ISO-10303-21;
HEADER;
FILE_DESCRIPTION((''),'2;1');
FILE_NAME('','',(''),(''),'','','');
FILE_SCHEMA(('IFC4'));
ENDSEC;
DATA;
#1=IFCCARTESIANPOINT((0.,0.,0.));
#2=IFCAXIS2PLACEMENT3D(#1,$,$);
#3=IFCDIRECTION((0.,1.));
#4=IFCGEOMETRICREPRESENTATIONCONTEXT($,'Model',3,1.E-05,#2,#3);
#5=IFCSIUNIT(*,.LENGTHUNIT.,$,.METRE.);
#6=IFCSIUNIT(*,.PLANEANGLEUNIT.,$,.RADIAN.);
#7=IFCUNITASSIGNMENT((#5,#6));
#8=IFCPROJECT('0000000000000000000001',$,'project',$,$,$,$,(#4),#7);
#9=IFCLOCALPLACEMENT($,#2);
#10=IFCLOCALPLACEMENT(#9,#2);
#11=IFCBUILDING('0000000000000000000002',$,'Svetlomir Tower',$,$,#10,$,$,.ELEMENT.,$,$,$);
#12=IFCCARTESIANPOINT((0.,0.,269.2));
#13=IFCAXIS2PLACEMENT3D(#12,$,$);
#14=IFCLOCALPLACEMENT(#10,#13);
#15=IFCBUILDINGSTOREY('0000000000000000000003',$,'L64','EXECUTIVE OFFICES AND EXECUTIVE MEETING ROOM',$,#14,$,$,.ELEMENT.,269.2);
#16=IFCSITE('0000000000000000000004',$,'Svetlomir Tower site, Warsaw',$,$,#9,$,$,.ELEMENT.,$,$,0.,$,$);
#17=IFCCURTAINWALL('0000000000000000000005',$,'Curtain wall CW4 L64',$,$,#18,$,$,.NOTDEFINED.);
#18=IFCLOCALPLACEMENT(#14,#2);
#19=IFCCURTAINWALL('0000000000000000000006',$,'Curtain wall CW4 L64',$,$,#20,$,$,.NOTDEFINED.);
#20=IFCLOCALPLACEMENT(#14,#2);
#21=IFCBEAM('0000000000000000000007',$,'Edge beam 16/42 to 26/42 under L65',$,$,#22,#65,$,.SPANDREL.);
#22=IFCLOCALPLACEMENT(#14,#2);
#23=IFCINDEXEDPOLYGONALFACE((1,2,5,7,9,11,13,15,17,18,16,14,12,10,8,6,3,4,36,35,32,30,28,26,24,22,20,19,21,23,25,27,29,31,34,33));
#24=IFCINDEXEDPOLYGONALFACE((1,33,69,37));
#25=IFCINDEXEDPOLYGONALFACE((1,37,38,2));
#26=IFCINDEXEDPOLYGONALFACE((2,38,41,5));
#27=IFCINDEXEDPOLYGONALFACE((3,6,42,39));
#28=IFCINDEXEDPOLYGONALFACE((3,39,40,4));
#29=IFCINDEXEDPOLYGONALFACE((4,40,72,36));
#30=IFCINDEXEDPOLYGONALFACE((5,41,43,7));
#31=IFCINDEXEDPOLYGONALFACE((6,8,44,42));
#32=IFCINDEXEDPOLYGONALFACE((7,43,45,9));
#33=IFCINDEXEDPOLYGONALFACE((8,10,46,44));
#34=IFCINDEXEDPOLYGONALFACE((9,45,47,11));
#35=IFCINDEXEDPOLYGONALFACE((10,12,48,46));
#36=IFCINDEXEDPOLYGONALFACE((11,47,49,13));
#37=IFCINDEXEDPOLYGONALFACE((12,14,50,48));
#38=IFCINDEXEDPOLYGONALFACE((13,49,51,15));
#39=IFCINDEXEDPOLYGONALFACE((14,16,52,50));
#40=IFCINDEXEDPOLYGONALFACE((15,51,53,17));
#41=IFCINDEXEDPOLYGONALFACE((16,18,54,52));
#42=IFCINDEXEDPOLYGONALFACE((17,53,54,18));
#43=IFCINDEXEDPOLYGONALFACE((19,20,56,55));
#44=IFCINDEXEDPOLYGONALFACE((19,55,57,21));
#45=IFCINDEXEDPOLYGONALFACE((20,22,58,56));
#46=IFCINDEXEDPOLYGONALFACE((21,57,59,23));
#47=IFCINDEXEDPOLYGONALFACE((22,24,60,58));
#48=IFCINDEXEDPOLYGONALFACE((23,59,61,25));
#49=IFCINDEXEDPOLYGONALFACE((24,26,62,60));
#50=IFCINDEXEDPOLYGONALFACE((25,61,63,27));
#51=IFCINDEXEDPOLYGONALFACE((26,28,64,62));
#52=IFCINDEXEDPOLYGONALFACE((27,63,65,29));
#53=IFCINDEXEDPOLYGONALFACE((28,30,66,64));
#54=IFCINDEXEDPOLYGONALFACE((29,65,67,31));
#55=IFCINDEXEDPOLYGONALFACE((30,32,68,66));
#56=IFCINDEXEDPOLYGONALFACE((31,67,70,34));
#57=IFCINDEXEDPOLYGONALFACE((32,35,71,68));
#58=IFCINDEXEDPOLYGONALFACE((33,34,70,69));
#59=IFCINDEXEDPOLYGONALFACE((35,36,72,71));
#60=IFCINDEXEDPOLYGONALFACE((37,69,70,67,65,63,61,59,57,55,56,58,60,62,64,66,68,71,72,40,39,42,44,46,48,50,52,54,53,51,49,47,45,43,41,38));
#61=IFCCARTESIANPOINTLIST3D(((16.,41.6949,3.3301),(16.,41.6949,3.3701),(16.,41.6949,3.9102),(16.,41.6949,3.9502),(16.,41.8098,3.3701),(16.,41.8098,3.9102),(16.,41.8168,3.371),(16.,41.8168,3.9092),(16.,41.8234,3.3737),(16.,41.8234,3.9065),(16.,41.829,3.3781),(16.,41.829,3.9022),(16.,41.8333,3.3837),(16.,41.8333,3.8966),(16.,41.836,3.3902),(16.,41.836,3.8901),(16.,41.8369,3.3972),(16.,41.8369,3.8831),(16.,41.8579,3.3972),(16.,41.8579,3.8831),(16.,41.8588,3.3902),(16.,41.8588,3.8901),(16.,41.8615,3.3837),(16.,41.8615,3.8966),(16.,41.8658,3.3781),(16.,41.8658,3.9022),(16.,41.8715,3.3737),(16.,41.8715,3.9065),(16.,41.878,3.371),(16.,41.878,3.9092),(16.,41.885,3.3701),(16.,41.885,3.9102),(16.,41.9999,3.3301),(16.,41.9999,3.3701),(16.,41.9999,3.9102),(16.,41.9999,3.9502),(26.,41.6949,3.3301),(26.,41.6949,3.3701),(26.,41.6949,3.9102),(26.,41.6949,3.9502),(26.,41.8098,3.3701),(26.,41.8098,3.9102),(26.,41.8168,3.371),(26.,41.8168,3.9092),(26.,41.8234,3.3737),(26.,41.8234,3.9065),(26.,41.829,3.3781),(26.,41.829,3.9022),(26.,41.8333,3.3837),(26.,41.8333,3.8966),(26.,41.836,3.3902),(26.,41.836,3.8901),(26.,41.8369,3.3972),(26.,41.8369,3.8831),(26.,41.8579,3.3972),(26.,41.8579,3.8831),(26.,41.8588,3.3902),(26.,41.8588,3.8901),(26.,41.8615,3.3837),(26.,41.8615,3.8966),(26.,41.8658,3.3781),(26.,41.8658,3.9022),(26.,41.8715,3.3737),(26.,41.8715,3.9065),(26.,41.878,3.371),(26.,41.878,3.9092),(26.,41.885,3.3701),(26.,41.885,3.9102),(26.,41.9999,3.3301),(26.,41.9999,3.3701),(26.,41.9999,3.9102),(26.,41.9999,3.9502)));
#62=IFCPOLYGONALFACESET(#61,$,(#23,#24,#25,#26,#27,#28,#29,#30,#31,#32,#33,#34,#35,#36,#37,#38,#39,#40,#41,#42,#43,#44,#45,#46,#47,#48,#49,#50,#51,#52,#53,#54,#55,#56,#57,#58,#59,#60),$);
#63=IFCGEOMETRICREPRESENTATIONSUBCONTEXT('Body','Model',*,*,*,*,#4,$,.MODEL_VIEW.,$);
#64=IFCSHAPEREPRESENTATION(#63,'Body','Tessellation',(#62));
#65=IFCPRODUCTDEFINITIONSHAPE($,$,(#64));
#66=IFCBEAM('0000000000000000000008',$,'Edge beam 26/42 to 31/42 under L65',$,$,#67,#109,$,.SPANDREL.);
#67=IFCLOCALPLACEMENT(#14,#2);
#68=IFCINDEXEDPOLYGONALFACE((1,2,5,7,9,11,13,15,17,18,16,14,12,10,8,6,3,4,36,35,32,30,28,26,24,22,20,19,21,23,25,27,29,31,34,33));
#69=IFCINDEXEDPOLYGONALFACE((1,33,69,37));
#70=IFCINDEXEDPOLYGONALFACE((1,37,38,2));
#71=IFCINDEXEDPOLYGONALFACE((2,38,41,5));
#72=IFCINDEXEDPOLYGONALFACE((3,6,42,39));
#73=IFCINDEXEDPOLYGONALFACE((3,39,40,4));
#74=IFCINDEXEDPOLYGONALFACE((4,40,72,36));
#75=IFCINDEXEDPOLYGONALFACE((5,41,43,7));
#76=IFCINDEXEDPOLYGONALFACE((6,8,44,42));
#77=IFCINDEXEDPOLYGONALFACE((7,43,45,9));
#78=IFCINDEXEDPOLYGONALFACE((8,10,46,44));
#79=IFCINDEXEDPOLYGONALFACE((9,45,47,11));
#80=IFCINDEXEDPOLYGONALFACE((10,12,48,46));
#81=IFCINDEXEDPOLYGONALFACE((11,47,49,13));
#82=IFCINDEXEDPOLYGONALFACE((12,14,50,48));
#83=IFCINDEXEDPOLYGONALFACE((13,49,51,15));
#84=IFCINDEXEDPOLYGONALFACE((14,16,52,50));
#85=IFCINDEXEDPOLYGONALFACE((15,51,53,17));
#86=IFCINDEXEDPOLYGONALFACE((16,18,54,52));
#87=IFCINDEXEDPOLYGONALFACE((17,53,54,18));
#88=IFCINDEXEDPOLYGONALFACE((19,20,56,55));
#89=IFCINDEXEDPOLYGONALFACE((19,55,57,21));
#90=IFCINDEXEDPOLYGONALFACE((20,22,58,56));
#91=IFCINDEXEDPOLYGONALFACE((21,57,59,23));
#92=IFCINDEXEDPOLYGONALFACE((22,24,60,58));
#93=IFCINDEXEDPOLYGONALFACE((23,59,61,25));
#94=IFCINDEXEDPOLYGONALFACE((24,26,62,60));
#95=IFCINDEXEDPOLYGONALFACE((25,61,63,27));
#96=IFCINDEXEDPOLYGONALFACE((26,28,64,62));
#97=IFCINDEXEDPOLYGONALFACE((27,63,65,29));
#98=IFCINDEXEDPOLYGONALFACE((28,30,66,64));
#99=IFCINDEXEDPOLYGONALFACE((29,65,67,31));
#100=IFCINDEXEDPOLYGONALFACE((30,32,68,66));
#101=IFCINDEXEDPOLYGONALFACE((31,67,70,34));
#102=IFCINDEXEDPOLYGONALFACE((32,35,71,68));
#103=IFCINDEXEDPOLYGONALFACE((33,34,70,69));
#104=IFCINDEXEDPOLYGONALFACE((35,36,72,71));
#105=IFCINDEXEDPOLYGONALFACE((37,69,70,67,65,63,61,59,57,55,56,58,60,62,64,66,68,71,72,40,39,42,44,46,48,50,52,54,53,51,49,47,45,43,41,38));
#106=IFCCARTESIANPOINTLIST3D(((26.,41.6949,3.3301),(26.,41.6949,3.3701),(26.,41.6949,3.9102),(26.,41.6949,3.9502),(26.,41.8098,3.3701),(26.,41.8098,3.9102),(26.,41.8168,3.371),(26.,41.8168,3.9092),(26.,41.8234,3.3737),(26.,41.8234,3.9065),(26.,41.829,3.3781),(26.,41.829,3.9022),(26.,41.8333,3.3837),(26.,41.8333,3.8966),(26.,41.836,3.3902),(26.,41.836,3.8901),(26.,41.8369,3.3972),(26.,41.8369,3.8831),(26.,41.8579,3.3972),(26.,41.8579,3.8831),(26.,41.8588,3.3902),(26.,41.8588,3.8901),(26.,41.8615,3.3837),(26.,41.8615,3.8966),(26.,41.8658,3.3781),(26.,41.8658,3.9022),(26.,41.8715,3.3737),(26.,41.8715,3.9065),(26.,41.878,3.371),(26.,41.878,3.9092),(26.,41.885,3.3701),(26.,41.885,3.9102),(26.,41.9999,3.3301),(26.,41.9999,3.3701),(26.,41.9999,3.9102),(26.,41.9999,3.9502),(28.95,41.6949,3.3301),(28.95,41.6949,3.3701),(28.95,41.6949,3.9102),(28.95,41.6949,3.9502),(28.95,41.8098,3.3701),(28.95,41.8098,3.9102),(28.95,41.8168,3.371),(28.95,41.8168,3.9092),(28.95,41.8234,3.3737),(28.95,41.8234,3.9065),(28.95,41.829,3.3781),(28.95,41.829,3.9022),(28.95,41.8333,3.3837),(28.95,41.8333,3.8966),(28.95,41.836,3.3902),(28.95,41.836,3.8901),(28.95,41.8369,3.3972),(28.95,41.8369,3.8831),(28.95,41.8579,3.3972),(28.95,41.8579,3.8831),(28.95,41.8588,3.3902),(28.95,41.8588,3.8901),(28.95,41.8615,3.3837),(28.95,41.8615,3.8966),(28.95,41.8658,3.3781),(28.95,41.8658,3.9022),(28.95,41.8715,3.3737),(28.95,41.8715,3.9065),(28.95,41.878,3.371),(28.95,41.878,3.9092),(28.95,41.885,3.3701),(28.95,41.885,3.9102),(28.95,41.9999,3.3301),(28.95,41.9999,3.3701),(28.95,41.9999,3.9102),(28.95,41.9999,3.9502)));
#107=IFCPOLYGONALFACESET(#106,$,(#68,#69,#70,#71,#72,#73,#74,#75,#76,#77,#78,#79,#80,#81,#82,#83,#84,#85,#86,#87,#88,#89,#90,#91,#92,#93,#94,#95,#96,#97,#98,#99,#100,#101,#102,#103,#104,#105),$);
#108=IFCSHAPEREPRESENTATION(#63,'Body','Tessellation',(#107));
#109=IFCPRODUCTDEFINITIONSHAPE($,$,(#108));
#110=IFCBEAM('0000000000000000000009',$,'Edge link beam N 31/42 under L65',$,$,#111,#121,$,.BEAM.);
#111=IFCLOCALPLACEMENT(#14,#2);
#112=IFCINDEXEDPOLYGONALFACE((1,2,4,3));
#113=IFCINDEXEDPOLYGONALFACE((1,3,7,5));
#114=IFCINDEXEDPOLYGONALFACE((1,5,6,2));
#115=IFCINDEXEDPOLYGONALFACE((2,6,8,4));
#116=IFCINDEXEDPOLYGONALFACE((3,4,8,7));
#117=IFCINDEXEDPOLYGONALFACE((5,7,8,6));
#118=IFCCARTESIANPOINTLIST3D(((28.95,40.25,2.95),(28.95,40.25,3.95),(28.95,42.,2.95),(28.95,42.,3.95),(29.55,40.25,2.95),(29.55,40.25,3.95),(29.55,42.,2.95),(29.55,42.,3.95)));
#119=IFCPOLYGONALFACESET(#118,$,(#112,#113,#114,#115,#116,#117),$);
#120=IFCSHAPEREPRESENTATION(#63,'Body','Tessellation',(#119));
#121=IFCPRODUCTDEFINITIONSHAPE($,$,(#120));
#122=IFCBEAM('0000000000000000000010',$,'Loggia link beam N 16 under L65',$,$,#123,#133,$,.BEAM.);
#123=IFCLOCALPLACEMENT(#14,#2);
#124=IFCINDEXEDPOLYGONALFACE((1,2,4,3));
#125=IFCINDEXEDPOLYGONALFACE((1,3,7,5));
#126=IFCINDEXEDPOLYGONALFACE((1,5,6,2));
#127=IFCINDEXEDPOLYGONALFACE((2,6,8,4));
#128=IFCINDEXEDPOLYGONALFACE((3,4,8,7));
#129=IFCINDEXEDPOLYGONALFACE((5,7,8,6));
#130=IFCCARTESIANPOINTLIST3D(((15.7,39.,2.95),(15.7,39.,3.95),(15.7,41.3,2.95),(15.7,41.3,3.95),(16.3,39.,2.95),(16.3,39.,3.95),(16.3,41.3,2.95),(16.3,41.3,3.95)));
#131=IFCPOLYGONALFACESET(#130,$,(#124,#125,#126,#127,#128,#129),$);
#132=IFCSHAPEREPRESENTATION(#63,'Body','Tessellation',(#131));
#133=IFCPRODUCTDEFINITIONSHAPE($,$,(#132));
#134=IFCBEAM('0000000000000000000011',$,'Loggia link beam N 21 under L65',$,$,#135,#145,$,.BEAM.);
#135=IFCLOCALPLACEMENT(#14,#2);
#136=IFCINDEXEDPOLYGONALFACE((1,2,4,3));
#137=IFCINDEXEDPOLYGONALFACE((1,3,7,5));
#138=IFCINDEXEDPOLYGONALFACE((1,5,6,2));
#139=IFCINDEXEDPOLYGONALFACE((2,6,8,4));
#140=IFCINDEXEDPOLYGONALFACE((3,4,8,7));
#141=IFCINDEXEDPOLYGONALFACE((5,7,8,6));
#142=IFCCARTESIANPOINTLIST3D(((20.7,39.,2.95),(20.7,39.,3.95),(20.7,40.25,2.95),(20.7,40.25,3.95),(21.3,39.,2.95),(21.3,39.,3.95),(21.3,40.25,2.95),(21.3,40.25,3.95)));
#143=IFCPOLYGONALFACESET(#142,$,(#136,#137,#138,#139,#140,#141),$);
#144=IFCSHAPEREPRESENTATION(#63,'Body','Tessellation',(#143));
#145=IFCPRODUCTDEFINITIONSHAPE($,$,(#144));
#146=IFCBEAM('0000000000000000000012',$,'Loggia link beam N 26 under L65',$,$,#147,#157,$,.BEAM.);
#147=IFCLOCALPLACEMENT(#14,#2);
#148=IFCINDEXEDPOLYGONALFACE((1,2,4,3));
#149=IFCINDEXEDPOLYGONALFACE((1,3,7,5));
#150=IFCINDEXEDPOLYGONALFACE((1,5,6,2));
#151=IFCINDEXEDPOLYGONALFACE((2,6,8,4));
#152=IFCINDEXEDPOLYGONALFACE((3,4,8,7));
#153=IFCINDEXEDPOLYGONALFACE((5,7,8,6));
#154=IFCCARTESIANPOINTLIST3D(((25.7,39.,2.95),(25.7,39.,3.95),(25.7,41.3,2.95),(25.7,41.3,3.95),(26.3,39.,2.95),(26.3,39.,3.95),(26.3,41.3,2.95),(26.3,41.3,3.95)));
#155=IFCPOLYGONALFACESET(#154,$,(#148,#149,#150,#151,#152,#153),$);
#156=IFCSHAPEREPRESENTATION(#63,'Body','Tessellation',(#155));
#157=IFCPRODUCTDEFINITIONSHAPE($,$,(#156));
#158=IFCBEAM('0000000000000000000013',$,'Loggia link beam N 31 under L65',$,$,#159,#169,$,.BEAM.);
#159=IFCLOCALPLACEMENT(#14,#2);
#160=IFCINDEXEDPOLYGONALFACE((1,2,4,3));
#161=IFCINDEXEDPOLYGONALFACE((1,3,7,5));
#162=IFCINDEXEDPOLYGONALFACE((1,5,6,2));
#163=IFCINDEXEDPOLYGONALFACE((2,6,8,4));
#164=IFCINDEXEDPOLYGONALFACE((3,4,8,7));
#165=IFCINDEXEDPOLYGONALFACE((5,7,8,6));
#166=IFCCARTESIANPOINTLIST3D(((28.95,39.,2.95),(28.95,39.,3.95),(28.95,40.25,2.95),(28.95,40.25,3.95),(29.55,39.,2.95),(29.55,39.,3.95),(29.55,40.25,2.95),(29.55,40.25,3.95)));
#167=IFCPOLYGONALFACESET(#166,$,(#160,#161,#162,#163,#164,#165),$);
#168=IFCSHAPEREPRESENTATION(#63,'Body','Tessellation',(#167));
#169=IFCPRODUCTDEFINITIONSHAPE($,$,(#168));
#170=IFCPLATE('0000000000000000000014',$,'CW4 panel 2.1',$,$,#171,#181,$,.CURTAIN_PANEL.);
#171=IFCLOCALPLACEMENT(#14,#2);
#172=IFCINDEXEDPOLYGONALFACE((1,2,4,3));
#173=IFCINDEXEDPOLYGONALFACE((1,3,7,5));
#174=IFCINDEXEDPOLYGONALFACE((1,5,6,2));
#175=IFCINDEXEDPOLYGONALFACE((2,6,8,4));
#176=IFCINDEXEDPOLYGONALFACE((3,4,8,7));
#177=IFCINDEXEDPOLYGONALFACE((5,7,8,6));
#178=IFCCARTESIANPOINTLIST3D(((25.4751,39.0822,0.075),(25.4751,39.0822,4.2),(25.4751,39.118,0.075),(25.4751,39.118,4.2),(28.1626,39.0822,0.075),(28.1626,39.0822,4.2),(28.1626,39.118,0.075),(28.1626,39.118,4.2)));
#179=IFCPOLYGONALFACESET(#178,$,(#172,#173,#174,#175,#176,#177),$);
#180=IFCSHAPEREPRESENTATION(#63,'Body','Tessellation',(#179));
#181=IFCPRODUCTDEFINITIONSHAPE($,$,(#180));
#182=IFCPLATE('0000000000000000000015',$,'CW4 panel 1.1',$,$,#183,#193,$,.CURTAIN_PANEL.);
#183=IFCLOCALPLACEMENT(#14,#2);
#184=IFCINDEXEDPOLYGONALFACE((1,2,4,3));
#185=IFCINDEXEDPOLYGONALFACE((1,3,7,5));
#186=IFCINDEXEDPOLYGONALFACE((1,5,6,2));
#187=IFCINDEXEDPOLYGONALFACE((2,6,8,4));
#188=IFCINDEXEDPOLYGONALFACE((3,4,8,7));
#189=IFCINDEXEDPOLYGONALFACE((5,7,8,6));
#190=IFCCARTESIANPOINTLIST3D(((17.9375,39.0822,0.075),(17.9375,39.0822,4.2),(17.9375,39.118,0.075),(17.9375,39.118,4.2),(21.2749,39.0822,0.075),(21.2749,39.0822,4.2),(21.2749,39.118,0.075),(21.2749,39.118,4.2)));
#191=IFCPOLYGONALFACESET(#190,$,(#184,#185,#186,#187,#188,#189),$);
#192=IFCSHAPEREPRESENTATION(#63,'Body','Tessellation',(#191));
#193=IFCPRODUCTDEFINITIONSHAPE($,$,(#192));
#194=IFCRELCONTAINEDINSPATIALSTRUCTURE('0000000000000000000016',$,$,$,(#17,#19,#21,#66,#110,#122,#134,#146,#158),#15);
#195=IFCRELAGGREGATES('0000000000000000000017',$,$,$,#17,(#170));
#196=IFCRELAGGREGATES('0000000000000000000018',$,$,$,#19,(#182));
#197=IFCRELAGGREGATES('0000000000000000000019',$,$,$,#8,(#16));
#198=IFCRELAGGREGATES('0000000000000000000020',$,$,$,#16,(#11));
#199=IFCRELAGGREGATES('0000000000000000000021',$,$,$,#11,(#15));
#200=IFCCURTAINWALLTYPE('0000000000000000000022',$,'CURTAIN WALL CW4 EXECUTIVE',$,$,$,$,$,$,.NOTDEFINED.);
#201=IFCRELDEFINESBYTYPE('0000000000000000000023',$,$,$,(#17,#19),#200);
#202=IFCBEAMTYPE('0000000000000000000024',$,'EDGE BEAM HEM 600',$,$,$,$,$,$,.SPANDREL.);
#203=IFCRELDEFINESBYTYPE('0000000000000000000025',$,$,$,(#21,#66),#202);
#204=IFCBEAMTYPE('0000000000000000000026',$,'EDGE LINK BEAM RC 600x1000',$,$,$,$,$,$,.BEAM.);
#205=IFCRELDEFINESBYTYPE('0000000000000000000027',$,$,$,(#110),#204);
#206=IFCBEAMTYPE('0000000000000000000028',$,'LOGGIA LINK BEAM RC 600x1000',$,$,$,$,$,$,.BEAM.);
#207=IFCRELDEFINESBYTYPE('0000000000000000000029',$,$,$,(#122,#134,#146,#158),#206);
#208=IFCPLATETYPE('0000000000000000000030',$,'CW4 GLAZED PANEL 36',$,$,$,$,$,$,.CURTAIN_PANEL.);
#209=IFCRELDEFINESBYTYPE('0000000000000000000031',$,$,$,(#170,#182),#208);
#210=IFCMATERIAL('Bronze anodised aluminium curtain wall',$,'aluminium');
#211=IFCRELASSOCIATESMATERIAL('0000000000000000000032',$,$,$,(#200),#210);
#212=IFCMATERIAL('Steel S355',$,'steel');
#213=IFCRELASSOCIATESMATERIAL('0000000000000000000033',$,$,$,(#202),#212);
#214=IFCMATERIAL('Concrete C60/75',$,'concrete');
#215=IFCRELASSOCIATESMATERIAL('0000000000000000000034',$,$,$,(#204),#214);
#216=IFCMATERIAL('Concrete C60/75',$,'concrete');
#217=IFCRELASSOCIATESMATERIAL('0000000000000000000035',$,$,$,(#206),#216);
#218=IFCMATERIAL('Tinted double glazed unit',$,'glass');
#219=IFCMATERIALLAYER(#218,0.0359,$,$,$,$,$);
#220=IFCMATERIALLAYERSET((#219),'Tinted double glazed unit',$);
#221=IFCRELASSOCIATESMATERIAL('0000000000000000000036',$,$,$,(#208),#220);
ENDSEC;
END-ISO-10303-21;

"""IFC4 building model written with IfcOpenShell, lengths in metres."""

from ifc_helpers import new_model, si_unit, direction, frame, origin, origin_2d, place, context, subcontext, project, spatial, rectangle, i_section, extrude, material, layer, layer_set, material_profile, profile_set, type_object, element, aggregate, save


model = new_model("IFC4")

# Units and contexts
model_context = context("Model", 3, precision=1e-05, world=origin(), true_north=direction((0.0, 1.0)))
body_context = subcontext(model_context, "Body", "Model", "MODEL_VIEW")
ifc_project = project(units=[si_unit("LENGTHUNIT", "METRE"), si_unit("PLANEANGLEUNIT", "RADIAN")], contexts=[model_context])

# Site, building, storey
site_placement = place(None, origin())
site = spatial("IfcSite", under=ifc_project, at=site_placement, Name="Svetlomir Tower site, Warsaw", CompositionType="ELEMENT", RefElevation=0.0)
building_placement = place(site_placement, origin())
building = spatial("IfcBuilding", under=site, at=building_placement, Name="Svetlomir Tower", CompositionType="ELEMENT")
storey_placement = place(building_placement, frame((0.0, 0.0, 269.2)))
storey = spatial("IfcBuildingStorey", under=building, at=storey_placement, Name="L64", Description="EXECUTIVE OFFICES AND EXECUTIVE MEETING ROOM", CompositionType="ELEMENT", Elevation=269.2)

# Curtain walls
ifc_material_1 = material(Name="Bronze anodised aluminium curtain wall", Category="aluminium")
curtain_wall_type = type_object("IfcCurtainWallType", Name="CURTAIN WALL CW4 EXECUTIVE", PredefinedType="NOTDEFINED", material=ifc_material_1)
curtain_wall_1_placement = place(storey_placement, origin())
curtain_wall_1 = element("IfcCurtainWall", 1, at=curtain_wall_1_placement, inside=storey, type_object=curtain_wall_type, Name="Curtain wall CW4 L64", PredefinedType="NOTDEFINED")
curtain_wall_2_placement = place(storey_placement, origin())
curtain_wall_2 = element("IfcCurtainWall", 2, at=curtain_wall_2_placement, inside=storey, type_object=curtain_wall_type, Name="Curtain wall CW4 L64", PredefinedType="NOTDEFINED")

# Beams
ifc_material_2 = material(Name="Steel S355", Category="steel")
ifc_material_profile_1 = material_profile(ifc_material_2, i_section(OverallWidth=0.3049, OverallDepth=0.6201, WebThickness=0.021, FlangeThickness=0.04, FilletRadius=0.0271, at=origin_2d()), Name="HEM 600")
ifc_profile_set_1 = profile_set([ifc_material_profile_1], Name="Steel S355")
beam_type_1 = type_object("IfcBeamType", Name="EDGE BEAM HEM 600", PredefinedType="SPANDREL", material=ifc_profile_set_1)
beam_1_placement = place(storey_placement, frame((16.0, 41.8474, 3.6401), z_axis=(1.0, 0.0, 0.0), x_axis=(0.0, 1.0, 0.0)))
element("IfcBeam", 3, at=beam_1_placement, inside=storey, type_object=beam_type_1, Name="Edge beam 16/42 to 26/42 under L65", PredefinedType="SPANDREL", context=body_context, shape_type="SweptSolid", body=[
    extrude(i_section(OverallWidth=0.3049, OverallDepth=0.6201, WebThickness=0.021, FlangeThickness=0.04, FilletRadius=0.0271, at=origin_2d()), origin(), (0.0, 0.0, 1.0), 10.0),
])
beam_2_placement = place(storey_placement, frame((26.0, 41.8474, 3.6401), z_axis=(1.0, 0.0, 0.0), x_axis=(0.0, 1.0, 0.0)))
element("IfcBeam", 4, at=beam_2_placement, inside=storey, type_object=beam_type_1, Name="Edge beam 26/42 to 31/42 under L65", PredefinedType="SPANDREL", context=body_context, shape_type="SweptSolid", body=[
    extrude(i_section(OverallWidth=0.3049, OverallDepth=0.6201, WebThickness=0.021, FlangeThickness=0.04, FilletRadius=0.0271, at=origin_2d()), origin(), (0.0, 0.0, 1.0), 2.95),
])
ifc_material_3 = material(Name="Concrete C60/75", Category="concrete")
ifc_material_profile_2 = material_profile(ifc_material_3, rectangle(XDim=0.6001, YDim=1.0, at=origin_2d()), Name="RC 600x1000")
ifc_profile_set_2 = profile_set([ifc_material_profile_2], Name="Concrete C60/75")
beam_type_2 = type_object("IfcBeamType", Name="EDGE LINK BEAM RC 600x1000", PredefinedType="BEAM", material=ifc_profile_set_2)
beam_3_placement = place(storey_placement, frame((29.25, 40.25, 3.45), z_axis=(0.0, 1.0, 0.0), x_axis=(-1.0, 0.0, 0.0)))
element("IfcBeam", 5, at=beam_3_placement, inside=storey, type_object=beam_type_2, Name="Edge link beam N 31/42 under L65", PredefinedType="BEAM", context=body_context, shape_type="SweptSolid", body=[
    extrude(rectangle(XDim=0.6001, YDim=1.0, at=origin_2d()), origin(), (0.0, 0.0, 1.0), 1.75),
])
ifc_material_4 = material(Name="Concrete C60/75", Category="concrete")
ifc_material_profile_3 = material_profile(ifc_material_4, rectangle(XDim=0.6001, YDim=1.0, at=origin_2d()), Name="RC 600x1000")
ifc_profile_set_3 = profile_set([ifc_material_profile_3], Name="Concrete C60/75")
beam_type_3 = type_object("IfcBeamType", Name="LOGGIA LINK BEAM RC 600x1000", PredefinedType="BEAM", material=ifc_profile_set_3)
beam_4_placement = place(storey_placement, frame((16.0, 41.3, 3.45), z_axis=(0.0, -1.0, 0.0), x_axis=(1.0, 0.0, 0.0)))
element("IfcBeam", 6, at=beam_4_placement, inside=storey, type_object=beam_type_3, Name="Loggia link beam N 16 under L65", PredefinedType="BEAM", context=body_context, shape_type="SweptSolid", body=[
    extrude(rectangle(XDim=0.6001, YDim=1.0, at=origin_2d()), origin(), (0.0, 0.0, 1.0), 2.3),
])
beam_5_placement = place(storey_placement, frame((21.0, 40.25, 3.45), z_axis=(0.0, -1.0, 0.0), x_axis=(1.0, 0.0, 0.0)))
element("IfcBeam", 7, at=beam_5_placement, inside=storey, type_object=beam_type_3, Name="Loggia link beam N 21 under L65", PredefinedType="BEAM", context=body_context, shape_type="SweptSolid", body=[
    extrude(rectangle(XDim=0.6001, YDim=1.0, at=origin_2d()), origin(), (0.0, 0.0, 1.0), 1.25),
])
beam_6_placement = place(storey_placement, frame((26.0, 41.3, 3.45), z_axis=(0.0, -1.0, 0.0), x_axis=(1.0, 0.0, 0.0)))
element("IfcBeam", 8, at=beam_6_placement, inside=storey, type_object=beam_type_3, Name="Loggia link beam N 26 under L65", PredefinedType="BEAM", context=body_context, shape_type="SweptSolid", body=[
    extrude(rectangle(XDim=0.6001, YDim=1.0, at=origin_2d()), origin(), (0.0, 0.0, 1.0), 2.3),
])
beam_7_placement = place(storey_placement, frame((29.25, 40.25, 3.45), z_axis=(0.0, -1.0, 0.0), x_axis=(1.0, 0.0, 0.0)))
element("IfcBeam", 9, at=beam_7_placement, inside=storey, type_object=beam_type_3, Name="Loggia link beam N 31 under L65", PredefinedType="BEAM", context=body_context, shape_type="SweptSolid", body=[
    extrude(rectangle(XDim=0.6001, YDim=1.0, at=origin_2d()), origin(), (0.0, 0.0, 1.0), 1.25),
])

# Plates
ifc_material_5 = material(Name="Tinted double glazed unit", Category="glass")
ifc_layer_1 = layer(ifc_material_5, 0.0359)
ifc_layer_set_1 = layer_set([ifc_layer_1], Name="Tinted double glazed unit")
plate_type = type_object("IfcPlateType", Name="CW4 GLAZED PANEL 36", PredefinedType="CURTAIN_PANEL", material=ifc_layer_set_1)
plate_1_placement = place(storey_placement, frame((26.8188, 39.1001, 0.075), z_axis=(0.0, 0.0, 1.0), x_axis=(-1.0, 0.0, 0.0)))
plate_1 = element("IfcPlate", 10, at=plate_1_placement, type_object=plate_type, Name="CW4 panel 2.1", PredefinedType="CURTAIN_PANEL", context=body_context, shape_type="SweptSolid", body=[
    extrude(rectangle(XDim=2.6875, YDim=0.0359, at=origin_2d()), origin(), (0.0, 0.0, 1.0), 4.125),
])
aggregate(curtain_wall_1, [plate_1])
plate_2_placement = place(storey_placement, frame((19.6062, 39.1001, 0.075), z_axis=(0.0, 0.0, 1.0), x_axis=(-1.0, 0.0, 0.0)))
plate_2 = element("IfcPlate", 11, at=plate_2_placement, type_object=plate_type, Name="CW4 panel 1.1", PredefinedType="CURTAIN_PANEL", context=body_context, shape_type="SweptSolid", body=[
    extrude(rectangle(XDim=3.3374, YDim=0.0359, at=origin_2d()), origin(), (0.0, 0.0, 1.0), 4.125),
])
aggregate(curtain_wall_2, [plate_2])

save(model, "model.ifc")
